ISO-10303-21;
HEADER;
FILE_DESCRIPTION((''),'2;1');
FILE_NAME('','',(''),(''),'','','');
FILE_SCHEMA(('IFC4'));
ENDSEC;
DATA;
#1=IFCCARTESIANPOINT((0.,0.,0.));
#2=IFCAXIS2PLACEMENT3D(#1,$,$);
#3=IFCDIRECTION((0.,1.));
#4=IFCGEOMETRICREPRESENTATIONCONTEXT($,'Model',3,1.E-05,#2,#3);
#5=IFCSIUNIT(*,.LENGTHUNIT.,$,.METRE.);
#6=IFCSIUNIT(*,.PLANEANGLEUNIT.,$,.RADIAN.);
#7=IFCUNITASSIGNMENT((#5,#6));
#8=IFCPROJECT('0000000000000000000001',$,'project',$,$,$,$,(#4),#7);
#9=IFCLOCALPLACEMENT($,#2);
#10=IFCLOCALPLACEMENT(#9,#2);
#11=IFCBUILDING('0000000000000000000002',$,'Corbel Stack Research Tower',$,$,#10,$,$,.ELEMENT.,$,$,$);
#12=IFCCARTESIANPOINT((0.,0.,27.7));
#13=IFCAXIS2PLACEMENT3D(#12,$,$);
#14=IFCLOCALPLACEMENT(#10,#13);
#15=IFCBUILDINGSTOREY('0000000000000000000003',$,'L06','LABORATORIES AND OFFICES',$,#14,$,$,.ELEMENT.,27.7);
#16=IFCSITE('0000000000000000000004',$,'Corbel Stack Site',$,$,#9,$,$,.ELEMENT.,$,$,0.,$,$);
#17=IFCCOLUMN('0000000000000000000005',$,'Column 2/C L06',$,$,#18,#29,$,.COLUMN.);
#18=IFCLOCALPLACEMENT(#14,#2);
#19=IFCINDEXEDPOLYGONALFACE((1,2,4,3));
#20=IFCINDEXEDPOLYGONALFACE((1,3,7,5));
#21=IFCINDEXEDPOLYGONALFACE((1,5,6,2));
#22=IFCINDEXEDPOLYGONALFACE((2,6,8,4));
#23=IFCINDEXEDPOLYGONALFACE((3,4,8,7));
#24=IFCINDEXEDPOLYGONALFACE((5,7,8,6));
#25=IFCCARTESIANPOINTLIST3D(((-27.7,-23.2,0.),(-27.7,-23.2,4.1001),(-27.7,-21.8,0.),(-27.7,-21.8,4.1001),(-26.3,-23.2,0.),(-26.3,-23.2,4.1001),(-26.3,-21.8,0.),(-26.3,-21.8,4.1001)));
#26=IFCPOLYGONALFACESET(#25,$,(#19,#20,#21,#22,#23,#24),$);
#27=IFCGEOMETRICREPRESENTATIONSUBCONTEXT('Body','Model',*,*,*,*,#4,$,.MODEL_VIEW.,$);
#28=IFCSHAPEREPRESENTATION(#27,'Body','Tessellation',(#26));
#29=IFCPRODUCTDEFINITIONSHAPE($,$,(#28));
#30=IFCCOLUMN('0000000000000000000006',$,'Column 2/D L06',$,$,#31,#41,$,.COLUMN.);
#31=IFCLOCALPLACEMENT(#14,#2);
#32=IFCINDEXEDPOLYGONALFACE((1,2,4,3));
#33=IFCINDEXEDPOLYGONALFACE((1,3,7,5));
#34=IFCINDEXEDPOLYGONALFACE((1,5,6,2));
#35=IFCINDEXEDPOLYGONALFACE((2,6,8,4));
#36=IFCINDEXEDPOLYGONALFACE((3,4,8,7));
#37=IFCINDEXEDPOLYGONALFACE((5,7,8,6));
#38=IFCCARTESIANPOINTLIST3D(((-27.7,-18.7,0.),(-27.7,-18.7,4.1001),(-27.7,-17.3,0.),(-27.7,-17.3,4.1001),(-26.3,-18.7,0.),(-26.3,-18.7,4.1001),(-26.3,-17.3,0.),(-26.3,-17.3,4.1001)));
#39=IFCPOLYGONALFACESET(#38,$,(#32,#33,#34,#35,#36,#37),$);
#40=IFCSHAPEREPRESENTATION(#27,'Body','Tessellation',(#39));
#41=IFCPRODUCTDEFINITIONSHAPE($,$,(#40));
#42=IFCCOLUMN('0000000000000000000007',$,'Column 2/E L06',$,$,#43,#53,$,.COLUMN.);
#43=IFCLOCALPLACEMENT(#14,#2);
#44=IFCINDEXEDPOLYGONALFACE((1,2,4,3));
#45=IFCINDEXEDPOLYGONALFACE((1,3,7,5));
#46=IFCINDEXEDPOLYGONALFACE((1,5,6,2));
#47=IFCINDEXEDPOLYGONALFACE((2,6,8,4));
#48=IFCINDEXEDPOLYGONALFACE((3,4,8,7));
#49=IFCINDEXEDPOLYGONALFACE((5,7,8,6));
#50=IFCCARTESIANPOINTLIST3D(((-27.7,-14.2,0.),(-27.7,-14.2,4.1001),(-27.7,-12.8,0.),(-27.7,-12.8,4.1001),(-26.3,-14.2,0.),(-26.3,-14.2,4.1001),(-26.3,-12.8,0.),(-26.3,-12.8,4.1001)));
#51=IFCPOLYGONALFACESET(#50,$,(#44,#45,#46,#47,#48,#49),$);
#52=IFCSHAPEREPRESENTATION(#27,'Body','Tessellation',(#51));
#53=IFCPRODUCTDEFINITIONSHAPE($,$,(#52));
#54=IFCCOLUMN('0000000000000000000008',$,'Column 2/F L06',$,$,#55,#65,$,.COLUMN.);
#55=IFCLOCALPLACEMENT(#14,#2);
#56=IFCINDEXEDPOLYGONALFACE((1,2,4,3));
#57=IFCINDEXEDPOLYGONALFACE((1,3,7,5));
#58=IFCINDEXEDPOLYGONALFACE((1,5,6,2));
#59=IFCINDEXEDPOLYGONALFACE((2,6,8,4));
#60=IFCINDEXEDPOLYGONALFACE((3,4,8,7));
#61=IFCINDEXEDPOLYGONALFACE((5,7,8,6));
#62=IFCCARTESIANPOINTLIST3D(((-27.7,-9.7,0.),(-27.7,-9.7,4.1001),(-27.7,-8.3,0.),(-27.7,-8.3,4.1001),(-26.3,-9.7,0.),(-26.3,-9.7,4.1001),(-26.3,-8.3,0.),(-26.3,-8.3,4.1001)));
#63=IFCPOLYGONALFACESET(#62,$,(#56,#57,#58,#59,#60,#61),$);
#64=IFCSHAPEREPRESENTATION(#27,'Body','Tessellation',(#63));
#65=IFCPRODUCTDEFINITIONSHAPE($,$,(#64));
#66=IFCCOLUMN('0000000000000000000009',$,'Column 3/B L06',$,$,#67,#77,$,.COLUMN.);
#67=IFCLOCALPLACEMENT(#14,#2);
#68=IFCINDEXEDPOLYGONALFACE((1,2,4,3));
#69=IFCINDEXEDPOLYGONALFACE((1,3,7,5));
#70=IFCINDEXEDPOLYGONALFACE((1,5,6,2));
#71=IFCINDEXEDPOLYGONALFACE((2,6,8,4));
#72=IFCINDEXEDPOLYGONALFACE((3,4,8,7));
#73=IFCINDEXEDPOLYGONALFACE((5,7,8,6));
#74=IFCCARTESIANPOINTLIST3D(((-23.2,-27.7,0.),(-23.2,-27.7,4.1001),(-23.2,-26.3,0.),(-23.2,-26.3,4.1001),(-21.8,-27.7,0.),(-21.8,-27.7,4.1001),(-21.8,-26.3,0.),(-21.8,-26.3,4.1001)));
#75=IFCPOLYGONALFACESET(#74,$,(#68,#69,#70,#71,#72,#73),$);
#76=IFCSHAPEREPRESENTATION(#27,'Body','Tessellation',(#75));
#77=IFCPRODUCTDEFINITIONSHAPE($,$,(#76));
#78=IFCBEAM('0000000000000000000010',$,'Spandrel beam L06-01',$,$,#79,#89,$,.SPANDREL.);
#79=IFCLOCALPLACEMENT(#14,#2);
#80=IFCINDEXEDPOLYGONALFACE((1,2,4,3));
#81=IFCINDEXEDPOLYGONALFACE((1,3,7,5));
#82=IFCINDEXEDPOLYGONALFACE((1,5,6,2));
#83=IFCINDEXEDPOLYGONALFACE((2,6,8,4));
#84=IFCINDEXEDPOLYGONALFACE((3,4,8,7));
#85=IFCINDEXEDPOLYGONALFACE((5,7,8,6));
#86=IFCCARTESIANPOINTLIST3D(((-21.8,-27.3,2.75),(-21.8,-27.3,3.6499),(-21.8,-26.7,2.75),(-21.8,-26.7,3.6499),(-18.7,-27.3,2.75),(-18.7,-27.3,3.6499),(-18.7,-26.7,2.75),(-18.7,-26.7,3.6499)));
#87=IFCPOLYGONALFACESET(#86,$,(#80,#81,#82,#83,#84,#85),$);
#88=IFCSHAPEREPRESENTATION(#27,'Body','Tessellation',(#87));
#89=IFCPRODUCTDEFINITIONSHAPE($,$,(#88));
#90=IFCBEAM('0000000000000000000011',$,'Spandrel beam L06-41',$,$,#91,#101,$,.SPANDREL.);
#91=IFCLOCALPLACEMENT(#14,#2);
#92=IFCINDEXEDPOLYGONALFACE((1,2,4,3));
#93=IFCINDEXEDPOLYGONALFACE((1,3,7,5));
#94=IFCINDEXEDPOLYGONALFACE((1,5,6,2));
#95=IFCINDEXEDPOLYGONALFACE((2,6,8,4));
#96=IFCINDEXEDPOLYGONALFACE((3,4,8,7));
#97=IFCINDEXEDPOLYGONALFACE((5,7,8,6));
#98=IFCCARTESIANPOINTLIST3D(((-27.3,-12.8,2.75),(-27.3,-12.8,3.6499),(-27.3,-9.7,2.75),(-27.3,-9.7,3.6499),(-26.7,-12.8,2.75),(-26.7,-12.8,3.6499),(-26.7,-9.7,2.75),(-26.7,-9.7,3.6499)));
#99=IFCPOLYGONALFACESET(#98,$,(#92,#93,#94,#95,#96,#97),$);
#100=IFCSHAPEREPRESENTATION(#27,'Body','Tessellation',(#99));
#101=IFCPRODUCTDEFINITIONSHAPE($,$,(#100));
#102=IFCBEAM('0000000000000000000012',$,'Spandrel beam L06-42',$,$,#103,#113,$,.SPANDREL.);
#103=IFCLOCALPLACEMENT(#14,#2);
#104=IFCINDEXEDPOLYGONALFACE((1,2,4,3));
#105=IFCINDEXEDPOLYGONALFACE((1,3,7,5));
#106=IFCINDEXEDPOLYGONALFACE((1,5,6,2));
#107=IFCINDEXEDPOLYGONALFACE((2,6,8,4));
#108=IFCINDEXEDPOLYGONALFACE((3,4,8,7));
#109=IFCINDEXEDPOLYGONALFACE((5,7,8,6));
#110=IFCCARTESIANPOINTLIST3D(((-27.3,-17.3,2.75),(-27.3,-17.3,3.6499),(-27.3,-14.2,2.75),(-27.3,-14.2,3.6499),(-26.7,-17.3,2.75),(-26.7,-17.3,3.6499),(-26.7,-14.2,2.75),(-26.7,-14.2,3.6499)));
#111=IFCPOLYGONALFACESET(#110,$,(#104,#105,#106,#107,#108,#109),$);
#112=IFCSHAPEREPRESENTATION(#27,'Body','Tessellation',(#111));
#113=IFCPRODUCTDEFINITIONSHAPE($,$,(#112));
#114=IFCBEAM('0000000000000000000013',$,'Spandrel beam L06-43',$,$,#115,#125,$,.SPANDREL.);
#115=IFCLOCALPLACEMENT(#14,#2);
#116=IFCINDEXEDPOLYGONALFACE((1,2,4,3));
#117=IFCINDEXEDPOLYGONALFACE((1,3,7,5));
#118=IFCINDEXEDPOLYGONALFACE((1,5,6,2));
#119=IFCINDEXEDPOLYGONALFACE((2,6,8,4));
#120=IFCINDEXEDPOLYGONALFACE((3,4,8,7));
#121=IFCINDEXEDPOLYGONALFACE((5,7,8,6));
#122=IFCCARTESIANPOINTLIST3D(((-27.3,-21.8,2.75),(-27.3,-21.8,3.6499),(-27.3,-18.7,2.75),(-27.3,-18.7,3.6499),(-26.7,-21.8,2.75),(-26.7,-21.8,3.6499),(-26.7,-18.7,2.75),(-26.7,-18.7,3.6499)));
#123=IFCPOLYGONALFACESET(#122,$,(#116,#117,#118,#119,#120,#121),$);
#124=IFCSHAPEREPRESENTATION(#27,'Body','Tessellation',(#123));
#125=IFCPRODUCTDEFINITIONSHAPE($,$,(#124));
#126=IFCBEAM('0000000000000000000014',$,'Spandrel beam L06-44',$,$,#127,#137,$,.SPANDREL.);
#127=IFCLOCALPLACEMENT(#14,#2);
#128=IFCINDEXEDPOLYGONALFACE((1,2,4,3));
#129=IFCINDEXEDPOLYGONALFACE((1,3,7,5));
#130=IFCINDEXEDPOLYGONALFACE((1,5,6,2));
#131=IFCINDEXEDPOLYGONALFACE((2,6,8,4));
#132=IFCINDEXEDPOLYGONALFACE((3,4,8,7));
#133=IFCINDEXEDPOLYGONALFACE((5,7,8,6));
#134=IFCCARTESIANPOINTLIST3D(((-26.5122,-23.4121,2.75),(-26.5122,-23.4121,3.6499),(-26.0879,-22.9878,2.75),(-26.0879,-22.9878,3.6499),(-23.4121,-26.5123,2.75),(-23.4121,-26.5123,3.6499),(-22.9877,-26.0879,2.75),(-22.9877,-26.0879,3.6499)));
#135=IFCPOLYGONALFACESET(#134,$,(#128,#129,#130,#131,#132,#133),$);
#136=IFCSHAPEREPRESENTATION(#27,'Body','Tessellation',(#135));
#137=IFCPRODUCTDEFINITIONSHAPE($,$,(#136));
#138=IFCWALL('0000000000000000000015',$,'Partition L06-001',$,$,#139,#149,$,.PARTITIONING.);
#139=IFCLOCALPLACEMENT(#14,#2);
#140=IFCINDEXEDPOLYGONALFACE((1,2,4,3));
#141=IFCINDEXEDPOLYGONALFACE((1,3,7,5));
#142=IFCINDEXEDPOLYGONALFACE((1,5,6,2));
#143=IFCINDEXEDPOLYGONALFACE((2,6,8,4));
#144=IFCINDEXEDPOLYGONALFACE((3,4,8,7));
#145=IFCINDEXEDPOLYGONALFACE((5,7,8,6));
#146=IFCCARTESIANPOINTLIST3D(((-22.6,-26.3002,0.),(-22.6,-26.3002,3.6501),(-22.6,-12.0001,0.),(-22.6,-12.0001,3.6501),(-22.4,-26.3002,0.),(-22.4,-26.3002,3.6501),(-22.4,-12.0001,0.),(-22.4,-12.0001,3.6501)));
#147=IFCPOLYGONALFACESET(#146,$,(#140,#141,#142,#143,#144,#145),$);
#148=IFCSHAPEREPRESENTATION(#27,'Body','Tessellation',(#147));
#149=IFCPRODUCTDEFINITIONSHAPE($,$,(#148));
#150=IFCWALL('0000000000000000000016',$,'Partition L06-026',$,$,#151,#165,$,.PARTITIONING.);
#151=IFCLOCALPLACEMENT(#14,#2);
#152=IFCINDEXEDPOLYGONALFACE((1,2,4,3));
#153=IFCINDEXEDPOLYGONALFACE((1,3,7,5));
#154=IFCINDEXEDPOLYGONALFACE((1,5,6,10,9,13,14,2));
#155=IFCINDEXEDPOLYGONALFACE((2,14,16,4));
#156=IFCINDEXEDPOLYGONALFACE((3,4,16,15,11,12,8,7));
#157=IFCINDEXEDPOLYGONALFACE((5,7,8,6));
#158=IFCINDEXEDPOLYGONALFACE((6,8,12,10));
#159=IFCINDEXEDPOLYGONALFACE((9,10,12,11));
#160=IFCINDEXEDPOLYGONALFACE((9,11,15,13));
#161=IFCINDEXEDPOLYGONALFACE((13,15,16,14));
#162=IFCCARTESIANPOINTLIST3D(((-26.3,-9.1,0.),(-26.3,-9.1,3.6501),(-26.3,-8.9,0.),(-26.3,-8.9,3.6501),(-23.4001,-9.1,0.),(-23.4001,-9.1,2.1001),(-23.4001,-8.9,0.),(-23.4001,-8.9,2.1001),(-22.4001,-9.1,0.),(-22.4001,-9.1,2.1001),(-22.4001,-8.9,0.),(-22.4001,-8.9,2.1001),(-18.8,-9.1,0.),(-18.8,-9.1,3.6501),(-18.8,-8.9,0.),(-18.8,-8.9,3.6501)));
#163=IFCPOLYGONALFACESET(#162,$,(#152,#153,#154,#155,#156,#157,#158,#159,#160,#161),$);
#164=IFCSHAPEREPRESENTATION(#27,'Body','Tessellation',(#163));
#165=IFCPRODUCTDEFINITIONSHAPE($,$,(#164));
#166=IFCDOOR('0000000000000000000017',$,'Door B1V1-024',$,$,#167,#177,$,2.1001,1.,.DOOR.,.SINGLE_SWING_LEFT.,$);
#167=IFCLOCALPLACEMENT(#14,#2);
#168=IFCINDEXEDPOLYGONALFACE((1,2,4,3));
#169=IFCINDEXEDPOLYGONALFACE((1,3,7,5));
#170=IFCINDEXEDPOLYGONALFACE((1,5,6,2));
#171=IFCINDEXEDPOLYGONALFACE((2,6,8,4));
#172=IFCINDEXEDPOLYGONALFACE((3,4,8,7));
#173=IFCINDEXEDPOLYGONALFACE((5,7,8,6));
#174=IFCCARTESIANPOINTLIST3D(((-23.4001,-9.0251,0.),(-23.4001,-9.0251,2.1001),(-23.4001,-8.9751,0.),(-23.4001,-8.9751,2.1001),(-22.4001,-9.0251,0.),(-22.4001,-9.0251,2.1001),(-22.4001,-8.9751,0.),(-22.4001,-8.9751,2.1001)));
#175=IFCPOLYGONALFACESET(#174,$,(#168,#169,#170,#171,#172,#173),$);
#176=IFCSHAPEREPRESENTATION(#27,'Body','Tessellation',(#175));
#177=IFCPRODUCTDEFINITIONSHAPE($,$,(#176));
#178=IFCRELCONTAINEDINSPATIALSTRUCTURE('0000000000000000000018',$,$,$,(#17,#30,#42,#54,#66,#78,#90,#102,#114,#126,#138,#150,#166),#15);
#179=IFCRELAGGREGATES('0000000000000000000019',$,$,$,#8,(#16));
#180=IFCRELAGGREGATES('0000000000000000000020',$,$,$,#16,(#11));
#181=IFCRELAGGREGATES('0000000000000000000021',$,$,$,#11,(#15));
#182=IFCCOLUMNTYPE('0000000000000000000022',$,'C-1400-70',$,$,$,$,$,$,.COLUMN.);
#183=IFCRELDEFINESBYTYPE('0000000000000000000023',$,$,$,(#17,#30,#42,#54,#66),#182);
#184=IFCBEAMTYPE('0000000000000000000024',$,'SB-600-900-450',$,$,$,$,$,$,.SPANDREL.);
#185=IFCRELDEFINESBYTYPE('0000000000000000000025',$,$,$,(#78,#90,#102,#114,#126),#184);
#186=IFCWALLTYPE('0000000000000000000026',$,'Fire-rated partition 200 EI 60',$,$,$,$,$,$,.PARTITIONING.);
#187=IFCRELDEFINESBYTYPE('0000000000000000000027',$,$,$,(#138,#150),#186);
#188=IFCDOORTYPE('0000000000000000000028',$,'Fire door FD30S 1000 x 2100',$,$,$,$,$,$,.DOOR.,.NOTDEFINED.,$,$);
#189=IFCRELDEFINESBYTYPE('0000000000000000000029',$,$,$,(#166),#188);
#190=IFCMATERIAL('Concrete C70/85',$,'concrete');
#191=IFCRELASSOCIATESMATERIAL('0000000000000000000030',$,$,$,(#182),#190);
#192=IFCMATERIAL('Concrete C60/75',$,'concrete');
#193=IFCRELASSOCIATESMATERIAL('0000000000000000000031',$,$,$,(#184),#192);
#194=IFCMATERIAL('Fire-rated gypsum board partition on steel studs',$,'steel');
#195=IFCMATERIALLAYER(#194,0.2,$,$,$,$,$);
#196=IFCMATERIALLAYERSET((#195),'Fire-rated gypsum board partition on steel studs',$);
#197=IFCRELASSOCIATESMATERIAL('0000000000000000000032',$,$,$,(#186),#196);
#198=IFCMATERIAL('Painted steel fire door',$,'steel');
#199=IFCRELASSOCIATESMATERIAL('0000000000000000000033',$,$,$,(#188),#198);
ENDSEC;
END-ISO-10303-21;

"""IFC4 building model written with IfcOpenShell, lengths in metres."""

from ifc_helpers import new_model, si_unit, direction, frame, frame_2d, origin, origin_2d, place, context, subcontext, project, spatial, rectangle, extrude, material, layer, layer_set, material_profile, profile_set, type_object, element, fill, save


model = new_model("IFC4")

# Units and contexts
model_context = context("Model", 3, precision=1e-05, world=origin(), true_north=direction((0.0, 1.0)))
body_context = subcontext(model_context, "Body", "Model", "MODEL_VIEW")
ifc_project = project(units=[si_unit("LENGTHUNIT", "METRE"), si_unit("PLANEANGLEUNIT", "RADIAN")], contexts=[model_context])

# Site, building, storey
site_placement = place(None, origin())
site = spatial("IfcSite", under=ifc_project, at=site_placement, Name="Corbel Stack Site", CompositionType="ELEMENT", RefElevation=0.0)
building_placement = place(site_placement, origin())
building = spatial("IfcBuilding", under=site, at=building_placement, Name="Corbel Stack Research Tower", CompositionType="ELEMENT")
storey_placement = place(building_placement, frame((0.0, 0.0, 27.7)))
storey = spatial("IfcBuildingStorey", under=building, at=storey_placement, Name="L06", Description="LABORATORIES AND OFFICES", CompositionType="ELEMENT", Elevation=27.7)

# Columns
ifc_material_1 = material(Name="Concrete C70/85", Category="concrete")
ifc_material_profile_1 = material_profile(ifc_material_1, rectangle(XDim=1.3999, YDim=1.3999, at=origin_2d()), Name="RC 1400 x 1400")
ifc_profile_set_1 = profile_set([ifc_material_profile_1], Name="Concrete C70/85")
column_type = type_object("IfcColumnType", Name="C-1400-70", PredefinedType="COLUMN", material=ifc_profile_set_1)
for number, where, z_axis, x_axis, name in (
    (1, (-27.0, -22.5, 0.0), (0.0, 0.0, 1.0), (1.0, 0.0, 0.0), "Column 2/C L06"),
    (2, (-27.0, -18.0, 0.0), (0.0, 0.0, 1.0), (1.0, 0.0, 0.0), "Column 2/D L06"),
    (3, (-27.0, -13.5, 0.0), (0.0, 0.0, 1.0), (1.0, 0.0, 0.0), "Column 2/E L06"),
    (4, (-27.0, -9.0, 0.0), (0.0, 0.0, 1.0), (1.0, 0.0, 0.0), "Column 2/F L06"),
    (5, (-22.5, -27.0, 0.0), (0.0, 0.0, 1.0), (1.0, 0.0, 0.0), "Column 3/B L06"),
):
    element("IfcColumn", number, at=place(storey_placement, frame(where, z_axis=z_axis, x_axis=x_axis)), inside=storey, type_object=column_type, Name=name, PredefinedType="COLUMN", context=body_context, shape_type="SweptSolid", body=[
        extrude(rectangle(XDim=1.3999, YDim=1.3999, at=origin_2d()), origin(), (0.0, 0.0, 1.0), 4.1001),
    ])

# Beams
ifc_material_2 = material(Name="Concrete C60/75", Category="concrete")
ifc_material_profile_2 = material_profile(ifc_material_2, rectangle(XDim=0.6001, YDim=0.8999, at=origin_2d()), Name="RC 600 x 900")
ifc_profile_set_2 = profile_set([ifc_material_profile_2], Name="Concrete C60/75")
beam_type = type_object("IfcBeamType", Name="SB-600-900-450", PredefinedType="SPANDREL", material=ifc_profile_set_2)
for number, where, z_axis, x_axis, name in (
    (6, (-21.8, -27.0, 3.2), (1.0, 0.0, 0.0), (0.0, 1.0, 0.0), "Spandrel beam L06-01"),
    (7, (-27.0, -9.7, 3.2), (0.0, -1.0, 0.0), (1.0, 0.0, 0.0), "Spandrel beam L06-41"),
    (8, (-27.0, -14.2, 3.2), (0.0, -1.0, 0.0), (1.0, 0.0, 0.0), "Spandrel beam L06-42"),
    (9, (-27.0, -18.7, 3.2), (0.0, -1.0, 0.0), (1.0, 0.0, 0.0), "Spandrel beam L06-43"),
):
    element("IfcBeam", number, at=place(storey_placement, frame(where, z_axis=z_axis, x_axis=x_axis)), inside=storey, type_object=beam_type, Name=name, PredefinedType="SPANDREL", context=body_context, shape_type="SweptSolid", body=[
        extrude(rectangle(XDim=0.6001, YDim=0.8999, at=origin_2d()), origin(), (0.0, 0.0, 1.0), 3.1001),
    ])
beam_placement = place(storey_placement, frame((-26.3, -23.2, 3.2), z_axis=(0.707107, -0.707107, 0.0), x_axis=(0.707107, 0.707107, 0.0)))
element("IfcBeam", 10, at=beam_placement, inside=storey, type_object=beam_type, Name="Spandrel beam L06-44", PredefinedType="SPANDREL", context=body_context, shape_type="SweptSolid", body=[
    extrude(rectangle(XDim=0.6001, YDim=0.8999, at=origin_2d()), origin(), (0.0, 0.0, 1.0), 4.3843),
])

# Wall
ifc_material_3 = material(Name="Fire-rated gypsum board partition on steel studs", Category="steel")
ifc_layer_1 = layer(ifc_material_3, 0.2)
ifc_layer_set_1 = layer_set([ifc_layer_1], Name="Fire-rated gypsum board partition on steel studs")
wall_type_1 = type_object("IfcWallType", Name="Fire-rated partition 200 EI 60", PredefinedType="PARTITIONING", material=ifc_layer_set_1)
wall_1_placement = place(storey_placement, frame((-22.5, -26.3, 0.0), z_axis=(0.0, 0.0, 1.0), x_axis=(0.0, 1.0, 0.0)))
element("IfcWall", 11, at=wall_1_placement, inside=storey, type_object=wall_type_1, Name="Partition L06-001", PredefinedType="PARTITIONING", context=body_context, shape_type="SweptSolid", body=[
    extrude(rectangle(XDim=14.3, YDim=0.2, at=frame_2d((7.1499, 0.0))), origin(), (0.0, 0.0, 1.0), 3.6501),
])

# Wall, opening, door
wall_2_placement = place(storey_placement, frame((-26.3, -9.0, 0.0), z_axis=(0.0, 0.0, 1.0), x_axis=(1.0, 0.0, 0.0)))
wall_2 = element("IfcWall", 12, at=wall_2_placement, inside=storey, type_object=wall_type_1, Name="Partition L06-026", PredefinedType="PARTITIONING", context=body_context, shape_type="SweptSolid", body=[
    extrude(rectangle(XDim=7.5, YDim=0.2, at=frame_2d((3.75, 0.0))), origin(), (0.0, 0.0, 1.0), 3.6501),
])
opening_1_placement = place(wall_2_placement, frame((2.8999, 0.0, 0.0)))
opening_1 = element("IfcOpeningElement", 13, at=opening_1_placement, cuts=wall_2, PredefinedType="OPENING", context=body_context, shape_type="SweptSolid", body=[
    extrude(rectangle(XDim=1.0, YDim=2.1001, at=frame_2d((0.5, 1.05))), frame((0.0, 0.1099, 0.0), z_axis=(0.0, -1.0, 0.0), x_axis=(1.0, 0.0, 0.0)), (0.0, 0.0, 1.0), 0.22),
])
ifc_material_4 = material(Name="Painted steel fire door", Category="steel")
door_type_1 = type_object("IfcDoorType", Name="Fire door FD30S 1000 x 2100", OperationType="NOTDEFINED", PredefinedType="DOOR", material=ifc_material_4)
door_1_placement = place(opening_1_placement, origin())
door_1 = element("IfcDoor", 14, at=door_1_placement, inside=storey, type_object=door_type_1, Name="Door B1V1-024", OperationType="SINGLE_SWING_LEFT", OverallHeight=2.1001, OverallWidth=1.0, PredefinedType="DOOR", context=body_context, shape_type="SweptSolid", body=[
    extrude(rectangle(XDim=1.0, YDim=2.1001, at=frame_2d((0.5, 1.05))), frame((0.0, 0.0249, 0.0), z_axis=(0.0, -1.0, 0.0), x_axis=(1.0, 0.0, 0.0)), (0.0, 0.0, 1.0), 0.05),
])
fill(opening_1, door_1)

save(model, "model.ifc")
